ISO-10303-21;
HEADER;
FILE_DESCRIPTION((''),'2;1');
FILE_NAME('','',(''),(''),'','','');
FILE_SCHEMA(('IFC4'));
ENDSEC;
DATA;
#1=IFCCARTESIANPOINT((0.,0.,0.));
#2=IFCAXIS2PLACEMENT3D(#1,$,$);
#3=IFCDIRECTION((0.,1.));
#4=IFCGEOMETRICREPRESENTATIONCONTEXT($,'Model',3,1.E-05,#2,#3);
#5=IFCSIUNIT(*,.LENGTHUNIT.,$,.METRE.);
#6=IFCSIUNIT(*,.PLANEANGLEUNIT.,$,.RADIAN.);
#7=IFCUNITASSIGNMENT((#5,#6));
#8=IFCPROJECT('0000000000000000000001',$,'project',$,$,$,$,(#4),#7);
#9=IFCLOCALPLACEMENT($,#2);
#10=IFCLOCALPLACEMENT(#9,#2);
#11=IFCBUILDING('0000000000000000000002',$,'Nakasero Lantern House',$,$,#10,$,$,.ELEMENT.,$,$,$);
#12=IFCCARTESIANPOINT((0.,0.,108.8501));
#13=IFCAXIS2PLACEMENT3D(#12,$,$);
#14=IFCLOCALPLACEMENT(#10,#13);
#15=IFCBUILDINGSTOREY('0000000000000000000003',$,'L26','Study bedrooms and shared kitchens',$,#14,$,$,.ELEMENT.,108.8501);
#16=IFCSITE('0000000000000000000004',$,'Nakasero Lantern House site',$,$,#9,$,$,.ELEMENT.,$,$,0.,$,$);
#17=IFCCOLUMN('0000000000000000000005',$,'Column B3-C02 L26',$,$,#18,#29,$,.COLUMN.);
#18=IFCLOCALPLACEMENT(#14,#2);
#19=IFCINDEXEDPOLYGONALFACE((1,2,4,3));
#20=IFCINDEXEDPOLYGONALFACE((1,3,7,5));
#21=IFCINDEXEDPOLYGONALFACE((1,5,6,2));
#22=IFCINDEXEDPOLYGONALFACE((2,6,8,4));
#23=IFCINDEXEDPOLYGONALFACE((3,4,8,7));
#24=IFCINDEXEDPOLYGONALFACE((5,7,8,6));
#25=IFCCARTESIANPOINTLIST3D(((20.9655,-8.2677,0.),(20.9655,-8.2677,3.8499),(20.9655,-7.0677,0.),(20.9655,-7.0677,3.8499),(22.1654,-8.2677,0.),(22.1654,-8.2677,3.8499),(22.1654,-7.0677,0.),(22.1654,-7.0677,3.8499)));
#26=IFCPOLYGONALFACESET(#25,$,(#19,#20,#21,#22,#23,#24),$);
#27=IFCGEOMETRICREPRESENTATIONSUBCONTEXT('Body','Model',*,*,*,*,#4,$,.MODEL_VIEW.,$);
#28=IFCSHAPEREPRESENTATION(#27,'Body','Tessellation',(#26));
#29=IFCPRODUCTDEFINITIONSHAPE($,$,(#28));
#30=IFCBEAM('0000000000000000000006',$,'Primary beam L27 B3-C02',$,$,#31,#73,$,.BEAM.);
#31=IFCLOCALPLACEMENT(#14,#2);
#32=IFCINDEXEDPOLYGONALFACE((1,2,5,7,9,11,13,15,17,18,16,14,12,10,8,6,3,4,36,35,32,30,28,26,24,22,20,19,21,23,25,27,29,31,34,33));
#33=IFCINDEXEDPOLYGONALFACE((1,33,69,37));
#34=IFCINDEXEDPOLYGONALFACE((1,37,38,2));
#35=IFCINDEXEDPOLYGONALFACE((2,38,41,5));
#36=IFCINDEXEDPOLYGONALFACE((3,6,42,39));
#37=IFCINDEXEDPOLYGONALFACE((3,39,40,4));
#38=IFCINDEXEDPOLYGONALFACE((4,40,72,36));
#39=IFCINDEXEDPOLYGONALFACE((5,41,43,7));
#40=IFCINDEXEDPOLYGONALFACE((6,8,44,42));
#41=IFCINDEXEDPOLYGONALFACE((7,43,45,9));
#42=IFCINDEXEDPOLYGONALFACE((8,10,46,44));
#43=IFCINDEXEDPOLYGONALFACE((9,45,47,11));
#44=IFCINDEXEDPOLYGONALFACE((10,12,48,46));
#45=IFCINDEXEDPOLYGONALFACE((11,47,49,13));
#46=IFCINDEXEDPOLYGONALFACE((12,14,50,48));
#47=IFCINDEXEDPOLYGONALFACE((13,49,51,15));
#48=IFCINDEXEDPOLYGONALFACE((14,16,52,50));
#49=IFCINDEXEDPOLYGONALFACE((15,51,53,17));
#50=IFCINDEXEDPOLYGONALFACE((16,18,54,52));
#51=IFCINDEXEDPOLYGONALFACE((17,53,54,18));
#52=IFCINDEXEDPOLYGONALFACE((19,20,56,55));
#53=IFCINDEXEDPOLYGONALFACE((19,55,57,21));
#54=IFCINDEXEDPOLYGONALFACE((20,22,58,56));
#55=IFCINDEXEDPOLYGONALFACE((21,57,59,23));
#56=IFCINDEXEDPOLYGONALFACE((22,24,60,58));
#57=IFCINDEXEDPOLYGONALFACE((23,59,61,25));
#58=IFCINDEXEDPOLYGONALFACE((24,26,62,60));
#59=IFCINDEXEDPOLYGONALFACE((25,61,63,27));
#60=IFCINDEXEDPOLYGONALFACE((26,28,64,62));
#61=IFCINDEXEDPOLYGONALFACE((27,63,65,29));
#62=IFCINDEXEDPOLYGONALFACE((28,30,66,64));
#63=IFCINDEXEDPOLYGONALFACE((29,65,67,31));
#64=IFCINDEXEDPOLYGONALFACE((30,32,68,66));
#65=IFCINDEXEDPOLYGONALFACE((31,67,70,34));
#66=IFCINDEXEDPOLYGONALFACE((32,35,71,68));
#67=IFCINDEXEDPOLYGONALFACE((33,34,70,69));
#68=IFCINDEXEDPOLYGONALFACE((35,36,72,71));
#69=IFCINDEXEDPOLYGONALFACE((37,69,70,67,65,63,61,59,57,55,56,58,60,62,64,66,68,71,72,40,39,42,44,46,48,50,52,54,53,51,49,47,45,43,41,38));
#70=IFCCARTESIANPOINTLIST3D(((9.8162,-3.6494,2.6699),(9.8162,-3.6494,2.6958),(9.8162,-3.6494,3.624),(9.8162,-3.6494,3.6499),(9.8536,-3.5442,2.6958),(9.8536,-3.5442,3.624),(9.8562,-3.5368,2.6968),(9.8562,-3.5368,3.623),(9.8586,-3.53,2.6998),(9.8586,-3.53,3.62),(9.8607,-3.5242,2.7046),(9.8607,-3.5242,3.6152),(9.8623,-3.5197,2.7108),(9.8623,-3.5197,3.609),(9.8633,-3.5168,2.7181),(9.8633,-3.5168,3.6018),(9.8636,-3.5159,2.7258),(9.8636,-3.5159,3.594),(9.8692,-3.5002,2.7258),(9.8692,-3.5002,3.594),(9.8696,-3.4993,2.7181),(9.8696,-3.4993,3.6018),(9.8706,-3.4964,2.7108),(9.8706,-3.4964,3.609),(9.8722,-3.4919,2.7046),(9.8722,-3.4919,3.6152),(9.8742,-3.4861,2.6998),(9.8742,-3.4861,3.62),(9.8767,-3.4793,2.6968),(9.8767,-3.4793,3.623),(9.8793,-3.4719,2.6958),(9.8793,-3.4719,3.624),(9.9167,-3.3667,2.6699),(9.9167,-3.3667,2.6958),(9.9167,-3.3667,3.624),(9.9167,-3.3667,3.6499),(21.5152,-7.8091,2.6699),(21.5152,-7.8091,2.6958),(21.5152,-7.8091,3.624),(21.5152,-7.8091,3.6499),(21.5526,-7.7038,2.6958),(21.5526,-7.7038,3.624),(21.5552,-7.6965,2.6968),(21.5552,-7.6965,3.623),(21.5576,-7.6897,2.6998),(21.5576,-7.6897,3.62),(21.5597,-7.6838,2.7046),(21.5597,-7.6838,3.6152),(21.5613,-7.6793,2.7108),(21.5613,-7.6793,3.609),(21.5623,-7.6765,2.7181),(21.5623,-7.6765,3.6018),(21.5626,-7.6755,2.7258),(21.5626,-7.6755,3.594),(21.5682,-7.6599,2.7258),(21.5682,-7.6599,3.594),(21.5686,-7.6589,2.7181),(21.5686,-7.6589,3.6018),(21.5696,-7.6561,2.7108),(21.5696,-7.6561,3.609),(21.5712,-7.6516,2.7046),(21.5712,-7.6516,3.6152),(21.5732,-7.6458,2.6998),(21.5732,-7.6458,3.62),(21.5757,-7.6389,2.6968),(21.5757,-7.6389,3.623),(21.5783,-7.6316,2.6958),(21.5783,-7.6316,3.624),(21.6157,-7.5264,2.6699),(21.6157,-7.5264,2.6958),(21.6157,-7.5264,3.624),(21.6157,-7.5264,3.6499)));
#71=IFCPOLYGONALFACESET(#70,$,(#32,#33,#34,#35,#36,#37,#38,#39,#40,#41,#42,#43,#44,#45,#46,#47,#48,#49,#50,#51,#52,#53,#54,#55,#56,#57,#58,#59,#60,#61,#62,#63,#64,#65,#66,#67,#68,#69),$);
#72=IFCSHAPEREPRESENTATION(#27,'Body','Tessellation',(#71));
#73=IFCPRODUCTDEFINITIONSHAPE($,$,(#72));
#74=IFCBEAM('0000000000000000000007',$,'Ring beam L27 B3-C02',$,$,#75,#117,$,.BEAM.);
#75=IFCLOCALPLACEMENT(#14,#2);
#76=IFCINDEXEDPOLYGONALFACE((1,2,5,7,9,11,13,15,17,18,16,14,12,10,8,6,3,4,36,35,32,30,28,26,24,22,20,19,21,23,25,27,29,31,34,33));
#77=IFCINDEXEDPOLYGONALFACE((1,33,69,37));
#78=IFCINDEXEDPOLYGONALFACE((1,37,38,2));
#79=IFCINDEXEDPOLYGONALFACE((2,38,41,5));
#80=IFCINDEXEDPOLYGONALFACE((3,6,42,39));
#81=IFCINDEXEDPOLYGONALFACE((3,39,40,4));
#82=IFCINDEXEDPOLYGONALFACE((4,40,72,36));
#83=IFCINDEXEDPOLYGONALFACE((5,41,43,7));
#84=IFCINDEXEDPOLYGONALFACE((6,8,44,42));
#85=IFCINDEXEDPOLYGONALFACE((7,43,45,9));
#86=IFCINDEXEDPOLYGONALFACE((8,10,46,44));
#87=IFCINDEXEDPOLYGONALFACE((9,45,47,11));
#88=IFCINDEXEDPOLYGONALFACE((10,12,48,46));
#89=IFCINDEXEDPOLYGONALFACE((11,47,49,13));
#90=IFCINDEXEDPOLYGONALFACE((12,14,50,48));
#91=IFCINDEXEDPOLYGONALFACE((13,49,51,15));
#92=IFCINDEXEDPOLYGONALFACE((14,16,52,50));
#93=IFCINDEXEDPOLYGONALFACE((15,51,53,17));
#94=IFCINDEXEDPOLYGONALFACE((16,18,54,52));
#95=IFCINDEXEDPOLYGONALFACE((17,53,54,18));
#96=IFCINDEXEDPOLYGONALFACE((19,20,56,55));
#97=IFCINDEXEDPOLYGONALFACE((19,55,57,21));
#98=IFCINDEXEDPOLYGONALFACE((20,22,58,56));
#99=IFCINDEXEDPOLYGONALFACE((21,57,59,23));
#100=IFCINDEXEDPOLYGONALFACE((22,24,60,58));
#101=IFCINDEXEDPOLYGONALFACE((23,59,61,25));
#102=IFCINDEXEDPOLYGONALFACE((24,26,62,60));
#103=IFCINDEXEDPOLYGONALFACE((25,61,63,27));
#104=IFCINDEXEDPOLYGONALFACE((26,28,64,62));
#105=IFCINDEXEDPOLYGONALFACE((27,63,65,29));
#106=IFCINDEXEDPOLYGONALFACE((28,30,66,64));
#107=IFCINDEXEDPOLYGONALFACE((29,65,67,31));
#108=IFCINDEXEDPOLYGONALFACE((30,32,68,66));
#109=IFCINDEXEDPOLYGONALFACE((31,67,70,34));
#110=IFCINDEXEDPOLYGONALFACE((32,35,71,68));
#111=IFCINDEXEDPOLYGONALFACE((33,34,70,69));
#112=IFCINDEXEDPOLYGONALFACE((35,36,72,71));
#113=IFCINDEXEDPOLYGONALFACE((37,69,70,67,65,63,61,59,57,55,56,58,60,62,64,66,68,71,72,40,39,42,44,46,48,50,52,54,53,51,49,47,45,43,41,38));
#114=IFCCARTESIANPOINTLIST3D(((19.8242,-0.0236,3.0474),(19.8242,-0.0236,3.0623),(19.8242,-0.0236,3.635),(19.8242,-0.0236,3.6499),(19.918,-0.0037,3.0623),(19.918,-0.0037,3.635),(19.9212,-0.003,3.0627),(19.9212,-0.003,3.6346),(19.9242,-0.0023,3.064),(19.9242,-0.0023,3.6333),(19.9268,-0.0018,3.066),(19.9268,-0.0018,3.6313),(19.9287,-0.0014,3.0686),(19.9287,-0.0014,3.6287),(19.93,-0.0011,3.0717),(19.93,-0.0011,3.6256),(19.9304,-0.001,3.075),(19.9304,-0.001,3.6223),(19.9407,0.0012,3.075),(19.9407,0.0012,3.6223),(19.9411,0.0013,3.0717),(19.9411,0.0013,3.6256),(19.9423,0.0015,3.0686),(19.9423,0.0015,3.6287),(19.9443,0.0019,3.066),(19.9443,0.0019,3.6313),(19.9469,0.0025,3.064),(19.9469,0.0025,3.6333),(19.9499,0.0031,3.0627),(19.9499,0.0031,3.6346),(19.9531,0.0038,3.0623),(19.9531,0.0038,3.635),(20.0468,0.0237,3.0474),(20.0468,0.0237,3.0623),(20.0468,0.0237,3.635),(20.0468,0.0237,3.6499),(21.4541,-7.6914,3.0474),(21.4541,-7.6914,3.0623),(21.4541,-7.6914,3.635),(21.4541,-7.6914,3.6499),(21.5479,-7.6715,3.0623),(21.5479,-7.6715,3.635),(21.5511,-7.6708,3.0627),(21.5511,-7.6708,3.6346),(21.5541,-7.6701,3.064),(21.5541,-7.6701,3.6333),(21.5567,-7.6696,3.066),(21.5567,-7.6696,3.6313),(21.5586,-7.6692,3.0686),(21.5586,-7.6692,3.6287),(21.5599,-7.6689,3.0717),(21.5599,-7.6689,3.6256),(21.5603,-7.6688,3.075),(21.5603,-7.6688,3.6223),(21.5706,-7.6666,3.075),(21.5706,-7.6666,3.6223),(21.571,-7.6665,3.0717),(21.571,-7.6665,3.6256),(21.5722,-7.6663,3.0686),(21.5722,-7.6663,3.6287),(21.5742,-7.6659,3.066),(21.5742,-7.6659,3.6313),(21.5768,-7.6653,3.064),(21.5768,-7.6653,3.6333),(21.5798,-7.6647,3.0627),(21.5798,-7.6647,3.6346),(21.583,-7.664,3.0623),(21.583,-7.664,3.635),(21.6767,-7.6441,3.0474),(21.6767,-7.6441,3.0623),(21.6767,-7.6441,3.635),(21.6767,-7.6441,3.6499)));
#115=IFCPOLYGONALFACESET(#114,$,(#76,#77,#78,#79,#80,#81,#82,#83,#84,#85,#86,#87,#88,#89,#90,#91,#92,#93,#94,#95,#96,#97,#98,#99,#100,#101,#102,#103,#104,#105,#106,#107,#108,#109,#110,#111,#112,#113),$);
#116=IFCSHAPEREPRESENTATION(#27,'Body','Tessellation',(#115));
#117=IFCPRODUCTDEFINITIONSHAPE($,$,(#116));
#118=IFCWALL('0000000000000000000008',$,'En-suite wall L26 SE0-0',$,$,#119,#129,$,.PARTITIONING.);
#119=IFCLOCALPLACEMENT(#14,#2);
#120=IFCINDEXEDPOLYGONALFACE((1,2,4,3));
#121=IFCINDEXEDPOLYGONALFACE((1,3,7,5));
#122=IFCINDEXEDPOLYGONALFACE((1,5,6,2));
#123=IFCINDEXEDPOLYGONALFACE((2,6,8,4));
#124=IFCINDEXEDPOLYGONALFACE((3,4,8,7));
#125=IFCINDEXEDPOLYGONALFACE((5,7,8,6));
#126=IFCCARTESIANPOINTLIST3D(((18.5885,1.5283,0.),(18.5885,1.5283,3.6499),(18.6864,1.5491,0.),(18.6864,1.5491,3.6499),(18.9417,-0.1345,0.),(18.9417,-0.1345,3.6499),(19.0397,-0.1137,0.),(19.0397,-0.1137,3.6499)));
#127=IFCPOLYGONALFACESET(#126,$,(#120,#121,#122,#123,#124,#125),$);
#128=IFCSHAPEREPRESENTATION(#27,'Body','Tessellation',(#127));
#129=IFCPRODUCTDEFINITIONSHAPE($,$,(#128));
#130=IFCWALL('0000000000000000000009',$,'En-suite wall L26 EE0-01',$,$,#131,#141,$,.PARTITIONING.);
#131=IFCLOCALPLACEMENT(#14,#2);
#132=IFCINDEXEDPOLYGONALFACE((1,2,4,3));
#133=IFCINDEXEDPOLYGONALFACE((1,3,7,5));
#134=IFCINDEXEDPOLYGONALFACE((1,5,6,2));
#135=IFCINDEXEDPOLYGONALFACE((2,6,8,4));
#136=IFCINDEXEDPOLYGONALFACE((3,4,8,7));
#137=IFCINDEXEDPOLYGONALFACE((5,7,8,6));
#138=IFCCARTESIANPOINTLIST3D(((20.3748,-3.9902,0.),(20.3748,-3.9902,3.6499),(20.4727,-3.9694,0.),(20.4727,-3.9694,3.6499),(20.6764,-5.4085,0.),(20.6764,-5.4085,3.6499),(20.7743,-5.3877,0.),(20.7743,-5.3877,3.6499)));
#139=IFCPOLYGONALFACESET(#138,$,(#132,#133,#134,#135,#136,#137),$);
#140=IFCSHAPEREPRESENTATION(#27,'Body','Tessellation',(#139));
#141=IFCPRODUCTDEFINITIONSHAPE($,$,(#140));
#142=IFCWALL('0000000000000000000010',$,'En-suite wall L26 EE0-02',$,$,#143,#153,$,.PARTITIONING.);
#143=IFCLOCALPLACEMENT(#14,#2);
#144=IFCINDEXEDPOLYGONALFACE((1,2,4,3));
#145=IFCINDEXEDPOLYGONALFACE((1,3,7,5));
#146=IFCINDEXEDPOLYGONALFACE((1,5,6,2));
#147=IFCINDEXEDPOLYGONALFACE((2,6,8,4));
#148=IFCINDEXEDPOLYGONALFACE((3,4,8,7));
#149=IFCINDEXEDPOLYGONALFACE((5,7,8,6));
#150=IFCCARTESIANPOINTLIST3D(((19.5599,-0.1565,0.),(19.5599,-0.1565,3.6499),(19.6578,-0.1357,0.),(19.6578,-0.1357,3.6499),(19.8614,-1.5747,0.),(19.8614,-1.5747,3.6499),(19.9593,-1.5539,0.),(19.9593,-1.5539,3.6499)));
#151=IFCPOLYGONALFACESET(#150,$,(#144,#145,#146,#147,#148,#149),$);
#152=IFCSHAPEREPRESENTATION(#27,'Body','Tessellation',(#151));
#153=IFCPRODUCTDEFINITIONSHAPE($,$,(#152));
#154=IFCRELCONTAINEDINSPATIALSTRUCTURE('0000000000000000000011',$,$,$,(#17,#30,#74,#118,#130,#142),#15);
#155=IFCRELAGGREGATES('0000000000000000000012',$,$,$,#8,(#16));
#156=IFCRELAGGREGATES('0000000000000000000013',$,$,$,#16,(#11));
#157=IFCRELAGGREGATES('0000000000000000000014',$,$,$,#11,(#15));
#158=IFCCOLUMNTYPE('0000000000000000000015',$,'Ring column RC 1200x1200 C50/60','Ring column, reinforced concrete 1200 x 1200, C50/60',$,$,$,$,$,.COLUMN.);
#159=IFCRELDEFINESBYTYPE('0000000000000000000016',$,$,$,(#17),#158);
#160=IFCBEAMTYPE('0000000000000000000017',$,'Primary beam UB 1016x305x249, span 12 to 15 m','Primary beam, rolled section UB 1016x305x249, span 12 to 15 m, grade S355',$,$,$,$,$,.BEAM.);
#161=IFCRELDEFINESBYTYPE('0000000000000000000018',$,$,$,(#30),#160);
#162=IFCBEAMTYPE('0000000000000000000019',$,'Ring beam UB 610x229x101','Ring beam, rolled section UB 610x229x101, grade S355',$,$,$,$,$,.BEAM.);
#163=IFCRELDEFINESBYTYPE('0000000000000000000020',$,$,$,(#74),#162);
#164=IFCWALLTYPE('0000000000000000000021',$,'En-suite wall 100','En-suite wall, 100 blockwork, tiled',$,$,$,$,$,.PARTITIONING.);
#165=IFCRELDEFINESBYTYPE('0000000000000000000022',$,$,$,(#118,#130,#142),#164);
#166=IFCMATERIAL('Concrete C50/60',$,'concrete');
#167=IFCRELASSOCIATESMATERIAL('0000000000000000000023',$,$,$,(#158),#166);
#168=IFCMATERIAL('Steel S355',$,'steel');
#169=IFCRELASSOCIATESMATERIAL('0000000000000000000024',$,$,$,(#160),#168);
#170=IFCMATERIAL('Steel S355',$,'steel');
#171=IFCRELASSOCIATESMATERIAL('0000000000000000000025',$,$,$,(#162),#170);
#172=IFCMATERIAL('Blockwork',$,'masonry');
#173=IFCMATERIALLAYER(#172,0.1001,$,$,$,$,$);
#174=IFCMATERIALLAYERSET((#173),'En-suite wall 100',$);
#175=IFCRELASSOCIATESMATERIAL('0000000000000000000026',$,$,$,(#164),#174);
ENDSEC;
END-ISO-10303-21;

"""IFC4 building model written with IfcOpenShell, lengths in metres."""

from ifc_helpers import new_model, si_unit, direction, frame, frame_2d, origin, origin_2d, place, context, subcontext, project, spatial, rectangle, i_section, extrude, material, layer, layer_set, material_profile, profile_set, type_object, element, save


model = new_model("IFC4")

# Units and contexts
model_context = context("Model", 3, precision=1e-05, world=origin(), true_north=direction((0.0, 1.0)))
body_context = subcontext(model_context, "Body", "Model", "MODEL_VIEW")
ifc_project = project(units=[si_unit("LENGTHUNIT", "METRE"), si_unit("PLANEANGLEUNIT", "RADIAN")], contexts=[model_context])

# Site, building, storey
site_placement = place(None, origin())
site = spatial("IfcSite", under=ifc_project, at=site_placement, Name="Nakasero Lantern House site", CompositionType="ELEMENT", RefElevation=0.0)
building_placement = place(site_placement, origin())
building = spatial("IfcBuilding", under=site, at=building_placement, Name="Nakasero Lantern House", CompositionType="ELEMENT")
storey_placement = place(building_placement, frame((0.0, 0.0, 108.8501)))
storey = spatial("IfcBuildingStorey", under=building, at=storey_placement, Name="L26", Description="Study bedrooms and shared kitchens", CompositionType="ELEMENT", Elevation=108.8501)

# Column
ifc_material_1 = material(Name="Concrete C50/60", Category="concrete")
ifc_material_profile_1 = material_profile(ifc_material_1, rectangle(XDim=1.2, YDim=1.2, at=origin_2d()), Name="RC 1200x1200")
ifc_profile_set_1 = profile_set([ifc_material_profile_1], Name="Concrete C50/60")
column_type = type_object("IfcColumnType", Name="Ring column RC 1200x1200 C50/60", Description="Ring column, reinforced concrete 1200 x 1200, C50/60", PredefinedType="COLUMN", material=ifc_profile_set_1)
column_placement = place(storey_placement, frame((21.5654, -7.6677, 0.0), z_axis=(0.0, 0.0, 1.0), x_axis=(1.0, 0.0, 0.0)))
element("IfcColumn", 1, at=column_placement, inside=storey, type_object=column_type, Name="Column B3-C02 L26", PredefinedType="COLUMN", context=body_context, shape_type="SweptSolid", body=[
    extrude(rectangle(XDim=1.2, YDim=1.2, at=origin_2d()), origin(), (0.0, 0.0, 1.0), 3.8499),
])

# Beams
ifc_material_2 = material(Name="Steel S355", Category="steel")
ifc_material_profile_2 = material_profile(ifc_material_2, i_section(OverallWidth=0.3, OverallDepth=0.98, WebThickness=0.0166, FlangeThickness=0.0259, FilletRadius=0.03, at=origin_2d()), Name="UB 1016x305x249")
ifc_profile_set_2 = profile_set([ifc_material_profile_2], Name="Steel S355")
beam_type_1 = type_object("IfcBeamType", Name="Primary beam UB 1016x305x249, span 12 to 15 m", Description="Primary beam, rolled section UB 1016x305x249, span 12 to 15 m, grade S355", PredefinedType="BEAM", material=ifc_profile_set_2)
beam_1_placement = place(storey_placement, frame((21.5654, -7.6677, 3.1599), z_axis=(-0.942214, 0.335012, 0.0), x_axis=(-0.335012, -0.942214, 0.0)))
element("IfcBeam", 2, at=beam_1_placement, inside=storey, type_object=beam_type_1, Name="Primary beam L27 B3-C02", PredefinedType="BEAM", context=body_context, shape_type="SweptSolid", body=[
    extrude(i_section(OverallWidth=0.3, OverallDepth=0.98, WebThickness=0.0166, FlangeThickness=0.0259, FilletRadius=0.03, at=origin_2d()), origin(), (0.0, 0.0, 1.0), 12.4165),
])
ifc_material_3 = material(Name="Steel S355", Category="steel")
ifc_material_profile_3 = material_profile(ifc_material_3, i_section(OverallWidth=0.2275, OverallDepth=0.6025, WebThickness=0.0105, FlangeThickness=0.0149, FilletRadius=0.0127, at=origin_2d()), Name="UB 610x229x101")
ifc_profile_set_3 = profile_set([ifc_material_profile_3], Name="Steel S355")
beam_type_2 = type_object("IfcBeamType", Name="Ring beam UB 610x229x101", Description="Ring beam, rolled section UB 610x229x101, grade S355", PredefinedType="BEAM", material=ifc_profile_set_3)
beam_2_placement = place(storey_placement, frame((21.5654, -7.6677, 3.3486), z_axis=(-0.207919, 0.978146, 0.0), x_axis=(-0.978146, -0.207919, 0.0)))
element("IfcBeam", 3, at=beam_2_placement, inside=storey, type_object=beam_type_2, Name="Ring beam L27 B3-C02", PredefinedType="BEAM", context=body_context, shape_type="SweptSolid", body=[
    extrude(i_section(OverallWidth=0.2275, OverallDepth=0.6025, WebThickness=0.0105, FlangeThickness=0.0149, FilletRadius=0.0127, at=origin_2d()), origin(), (0.0, 0.0, 1.0), 7.8391),
])

# Walls
ifc_material_4 = material(Name="Blockwork", Category="masonry")
ifc_layer = layer(ifc_material_4, 0.1001)
ifc_layer_set = layer_set([ifc_layer], Name="En-suite wall 100")
wall_type = type_object("IfcWallType", Name="En-suite wall 100", Description="En-suite wall, 100 blockwork, tiled", PredefinedType="PARTITIONING", material=ifc_layer_set)
wall_placement = place(storey_placement, frame((18.9907, -0.1243, 0.0), z_axis=(0.0, 0.0, 1.0), x_axis=(-0.207812, 0.978169, 0.0)))
element("IfcWall", 4, at=wall_placement, inside=storey, type_object=wall_type, Name="En-suite wall L26 SE0-0", PredefinedType="PARTITIONING", context=body_context, shape_type="SweptSolid", body=[
    extrude(rectangle(XDim=1.7, YDim=0.1001, at=frame_2d((0.8501, 0.0))), origin(), (0.0, 0.0, 1.0), 3.6499),
])
for number, where, z_axis, x_axis, name in (
    (5, (20.7253, -5.3982, 0.0), (0.0, 0.0, 1.0), (-0.207953, 0.978139, 0.0), "En-suite wall L26 EE0-01"),
    (6, (19.9104, -1.5645, 0.0), (0.0, 0.0, 1.0), (-0.207953, 0.978139, 0.0), "En-suite wall L26 EE0-02"),
):
    element("IfcWall", number, at=place(storey_placement, frame(where, z_axis=z_axis, x_axis=x_axis)), inside=storey, type_object=wall_type, Name=name, PredefinedType="PARTITIONING", context=body_context, shape_type="SweptSolid", body=[
        extrude(rectangle(XDim=1.45, YDim=0.1001, at=frame_2d((0.7251, 0.0))), origin(), (0.0, 0.0, 1.0), 3.6499),
    ])

save(model, "model.ifc")
